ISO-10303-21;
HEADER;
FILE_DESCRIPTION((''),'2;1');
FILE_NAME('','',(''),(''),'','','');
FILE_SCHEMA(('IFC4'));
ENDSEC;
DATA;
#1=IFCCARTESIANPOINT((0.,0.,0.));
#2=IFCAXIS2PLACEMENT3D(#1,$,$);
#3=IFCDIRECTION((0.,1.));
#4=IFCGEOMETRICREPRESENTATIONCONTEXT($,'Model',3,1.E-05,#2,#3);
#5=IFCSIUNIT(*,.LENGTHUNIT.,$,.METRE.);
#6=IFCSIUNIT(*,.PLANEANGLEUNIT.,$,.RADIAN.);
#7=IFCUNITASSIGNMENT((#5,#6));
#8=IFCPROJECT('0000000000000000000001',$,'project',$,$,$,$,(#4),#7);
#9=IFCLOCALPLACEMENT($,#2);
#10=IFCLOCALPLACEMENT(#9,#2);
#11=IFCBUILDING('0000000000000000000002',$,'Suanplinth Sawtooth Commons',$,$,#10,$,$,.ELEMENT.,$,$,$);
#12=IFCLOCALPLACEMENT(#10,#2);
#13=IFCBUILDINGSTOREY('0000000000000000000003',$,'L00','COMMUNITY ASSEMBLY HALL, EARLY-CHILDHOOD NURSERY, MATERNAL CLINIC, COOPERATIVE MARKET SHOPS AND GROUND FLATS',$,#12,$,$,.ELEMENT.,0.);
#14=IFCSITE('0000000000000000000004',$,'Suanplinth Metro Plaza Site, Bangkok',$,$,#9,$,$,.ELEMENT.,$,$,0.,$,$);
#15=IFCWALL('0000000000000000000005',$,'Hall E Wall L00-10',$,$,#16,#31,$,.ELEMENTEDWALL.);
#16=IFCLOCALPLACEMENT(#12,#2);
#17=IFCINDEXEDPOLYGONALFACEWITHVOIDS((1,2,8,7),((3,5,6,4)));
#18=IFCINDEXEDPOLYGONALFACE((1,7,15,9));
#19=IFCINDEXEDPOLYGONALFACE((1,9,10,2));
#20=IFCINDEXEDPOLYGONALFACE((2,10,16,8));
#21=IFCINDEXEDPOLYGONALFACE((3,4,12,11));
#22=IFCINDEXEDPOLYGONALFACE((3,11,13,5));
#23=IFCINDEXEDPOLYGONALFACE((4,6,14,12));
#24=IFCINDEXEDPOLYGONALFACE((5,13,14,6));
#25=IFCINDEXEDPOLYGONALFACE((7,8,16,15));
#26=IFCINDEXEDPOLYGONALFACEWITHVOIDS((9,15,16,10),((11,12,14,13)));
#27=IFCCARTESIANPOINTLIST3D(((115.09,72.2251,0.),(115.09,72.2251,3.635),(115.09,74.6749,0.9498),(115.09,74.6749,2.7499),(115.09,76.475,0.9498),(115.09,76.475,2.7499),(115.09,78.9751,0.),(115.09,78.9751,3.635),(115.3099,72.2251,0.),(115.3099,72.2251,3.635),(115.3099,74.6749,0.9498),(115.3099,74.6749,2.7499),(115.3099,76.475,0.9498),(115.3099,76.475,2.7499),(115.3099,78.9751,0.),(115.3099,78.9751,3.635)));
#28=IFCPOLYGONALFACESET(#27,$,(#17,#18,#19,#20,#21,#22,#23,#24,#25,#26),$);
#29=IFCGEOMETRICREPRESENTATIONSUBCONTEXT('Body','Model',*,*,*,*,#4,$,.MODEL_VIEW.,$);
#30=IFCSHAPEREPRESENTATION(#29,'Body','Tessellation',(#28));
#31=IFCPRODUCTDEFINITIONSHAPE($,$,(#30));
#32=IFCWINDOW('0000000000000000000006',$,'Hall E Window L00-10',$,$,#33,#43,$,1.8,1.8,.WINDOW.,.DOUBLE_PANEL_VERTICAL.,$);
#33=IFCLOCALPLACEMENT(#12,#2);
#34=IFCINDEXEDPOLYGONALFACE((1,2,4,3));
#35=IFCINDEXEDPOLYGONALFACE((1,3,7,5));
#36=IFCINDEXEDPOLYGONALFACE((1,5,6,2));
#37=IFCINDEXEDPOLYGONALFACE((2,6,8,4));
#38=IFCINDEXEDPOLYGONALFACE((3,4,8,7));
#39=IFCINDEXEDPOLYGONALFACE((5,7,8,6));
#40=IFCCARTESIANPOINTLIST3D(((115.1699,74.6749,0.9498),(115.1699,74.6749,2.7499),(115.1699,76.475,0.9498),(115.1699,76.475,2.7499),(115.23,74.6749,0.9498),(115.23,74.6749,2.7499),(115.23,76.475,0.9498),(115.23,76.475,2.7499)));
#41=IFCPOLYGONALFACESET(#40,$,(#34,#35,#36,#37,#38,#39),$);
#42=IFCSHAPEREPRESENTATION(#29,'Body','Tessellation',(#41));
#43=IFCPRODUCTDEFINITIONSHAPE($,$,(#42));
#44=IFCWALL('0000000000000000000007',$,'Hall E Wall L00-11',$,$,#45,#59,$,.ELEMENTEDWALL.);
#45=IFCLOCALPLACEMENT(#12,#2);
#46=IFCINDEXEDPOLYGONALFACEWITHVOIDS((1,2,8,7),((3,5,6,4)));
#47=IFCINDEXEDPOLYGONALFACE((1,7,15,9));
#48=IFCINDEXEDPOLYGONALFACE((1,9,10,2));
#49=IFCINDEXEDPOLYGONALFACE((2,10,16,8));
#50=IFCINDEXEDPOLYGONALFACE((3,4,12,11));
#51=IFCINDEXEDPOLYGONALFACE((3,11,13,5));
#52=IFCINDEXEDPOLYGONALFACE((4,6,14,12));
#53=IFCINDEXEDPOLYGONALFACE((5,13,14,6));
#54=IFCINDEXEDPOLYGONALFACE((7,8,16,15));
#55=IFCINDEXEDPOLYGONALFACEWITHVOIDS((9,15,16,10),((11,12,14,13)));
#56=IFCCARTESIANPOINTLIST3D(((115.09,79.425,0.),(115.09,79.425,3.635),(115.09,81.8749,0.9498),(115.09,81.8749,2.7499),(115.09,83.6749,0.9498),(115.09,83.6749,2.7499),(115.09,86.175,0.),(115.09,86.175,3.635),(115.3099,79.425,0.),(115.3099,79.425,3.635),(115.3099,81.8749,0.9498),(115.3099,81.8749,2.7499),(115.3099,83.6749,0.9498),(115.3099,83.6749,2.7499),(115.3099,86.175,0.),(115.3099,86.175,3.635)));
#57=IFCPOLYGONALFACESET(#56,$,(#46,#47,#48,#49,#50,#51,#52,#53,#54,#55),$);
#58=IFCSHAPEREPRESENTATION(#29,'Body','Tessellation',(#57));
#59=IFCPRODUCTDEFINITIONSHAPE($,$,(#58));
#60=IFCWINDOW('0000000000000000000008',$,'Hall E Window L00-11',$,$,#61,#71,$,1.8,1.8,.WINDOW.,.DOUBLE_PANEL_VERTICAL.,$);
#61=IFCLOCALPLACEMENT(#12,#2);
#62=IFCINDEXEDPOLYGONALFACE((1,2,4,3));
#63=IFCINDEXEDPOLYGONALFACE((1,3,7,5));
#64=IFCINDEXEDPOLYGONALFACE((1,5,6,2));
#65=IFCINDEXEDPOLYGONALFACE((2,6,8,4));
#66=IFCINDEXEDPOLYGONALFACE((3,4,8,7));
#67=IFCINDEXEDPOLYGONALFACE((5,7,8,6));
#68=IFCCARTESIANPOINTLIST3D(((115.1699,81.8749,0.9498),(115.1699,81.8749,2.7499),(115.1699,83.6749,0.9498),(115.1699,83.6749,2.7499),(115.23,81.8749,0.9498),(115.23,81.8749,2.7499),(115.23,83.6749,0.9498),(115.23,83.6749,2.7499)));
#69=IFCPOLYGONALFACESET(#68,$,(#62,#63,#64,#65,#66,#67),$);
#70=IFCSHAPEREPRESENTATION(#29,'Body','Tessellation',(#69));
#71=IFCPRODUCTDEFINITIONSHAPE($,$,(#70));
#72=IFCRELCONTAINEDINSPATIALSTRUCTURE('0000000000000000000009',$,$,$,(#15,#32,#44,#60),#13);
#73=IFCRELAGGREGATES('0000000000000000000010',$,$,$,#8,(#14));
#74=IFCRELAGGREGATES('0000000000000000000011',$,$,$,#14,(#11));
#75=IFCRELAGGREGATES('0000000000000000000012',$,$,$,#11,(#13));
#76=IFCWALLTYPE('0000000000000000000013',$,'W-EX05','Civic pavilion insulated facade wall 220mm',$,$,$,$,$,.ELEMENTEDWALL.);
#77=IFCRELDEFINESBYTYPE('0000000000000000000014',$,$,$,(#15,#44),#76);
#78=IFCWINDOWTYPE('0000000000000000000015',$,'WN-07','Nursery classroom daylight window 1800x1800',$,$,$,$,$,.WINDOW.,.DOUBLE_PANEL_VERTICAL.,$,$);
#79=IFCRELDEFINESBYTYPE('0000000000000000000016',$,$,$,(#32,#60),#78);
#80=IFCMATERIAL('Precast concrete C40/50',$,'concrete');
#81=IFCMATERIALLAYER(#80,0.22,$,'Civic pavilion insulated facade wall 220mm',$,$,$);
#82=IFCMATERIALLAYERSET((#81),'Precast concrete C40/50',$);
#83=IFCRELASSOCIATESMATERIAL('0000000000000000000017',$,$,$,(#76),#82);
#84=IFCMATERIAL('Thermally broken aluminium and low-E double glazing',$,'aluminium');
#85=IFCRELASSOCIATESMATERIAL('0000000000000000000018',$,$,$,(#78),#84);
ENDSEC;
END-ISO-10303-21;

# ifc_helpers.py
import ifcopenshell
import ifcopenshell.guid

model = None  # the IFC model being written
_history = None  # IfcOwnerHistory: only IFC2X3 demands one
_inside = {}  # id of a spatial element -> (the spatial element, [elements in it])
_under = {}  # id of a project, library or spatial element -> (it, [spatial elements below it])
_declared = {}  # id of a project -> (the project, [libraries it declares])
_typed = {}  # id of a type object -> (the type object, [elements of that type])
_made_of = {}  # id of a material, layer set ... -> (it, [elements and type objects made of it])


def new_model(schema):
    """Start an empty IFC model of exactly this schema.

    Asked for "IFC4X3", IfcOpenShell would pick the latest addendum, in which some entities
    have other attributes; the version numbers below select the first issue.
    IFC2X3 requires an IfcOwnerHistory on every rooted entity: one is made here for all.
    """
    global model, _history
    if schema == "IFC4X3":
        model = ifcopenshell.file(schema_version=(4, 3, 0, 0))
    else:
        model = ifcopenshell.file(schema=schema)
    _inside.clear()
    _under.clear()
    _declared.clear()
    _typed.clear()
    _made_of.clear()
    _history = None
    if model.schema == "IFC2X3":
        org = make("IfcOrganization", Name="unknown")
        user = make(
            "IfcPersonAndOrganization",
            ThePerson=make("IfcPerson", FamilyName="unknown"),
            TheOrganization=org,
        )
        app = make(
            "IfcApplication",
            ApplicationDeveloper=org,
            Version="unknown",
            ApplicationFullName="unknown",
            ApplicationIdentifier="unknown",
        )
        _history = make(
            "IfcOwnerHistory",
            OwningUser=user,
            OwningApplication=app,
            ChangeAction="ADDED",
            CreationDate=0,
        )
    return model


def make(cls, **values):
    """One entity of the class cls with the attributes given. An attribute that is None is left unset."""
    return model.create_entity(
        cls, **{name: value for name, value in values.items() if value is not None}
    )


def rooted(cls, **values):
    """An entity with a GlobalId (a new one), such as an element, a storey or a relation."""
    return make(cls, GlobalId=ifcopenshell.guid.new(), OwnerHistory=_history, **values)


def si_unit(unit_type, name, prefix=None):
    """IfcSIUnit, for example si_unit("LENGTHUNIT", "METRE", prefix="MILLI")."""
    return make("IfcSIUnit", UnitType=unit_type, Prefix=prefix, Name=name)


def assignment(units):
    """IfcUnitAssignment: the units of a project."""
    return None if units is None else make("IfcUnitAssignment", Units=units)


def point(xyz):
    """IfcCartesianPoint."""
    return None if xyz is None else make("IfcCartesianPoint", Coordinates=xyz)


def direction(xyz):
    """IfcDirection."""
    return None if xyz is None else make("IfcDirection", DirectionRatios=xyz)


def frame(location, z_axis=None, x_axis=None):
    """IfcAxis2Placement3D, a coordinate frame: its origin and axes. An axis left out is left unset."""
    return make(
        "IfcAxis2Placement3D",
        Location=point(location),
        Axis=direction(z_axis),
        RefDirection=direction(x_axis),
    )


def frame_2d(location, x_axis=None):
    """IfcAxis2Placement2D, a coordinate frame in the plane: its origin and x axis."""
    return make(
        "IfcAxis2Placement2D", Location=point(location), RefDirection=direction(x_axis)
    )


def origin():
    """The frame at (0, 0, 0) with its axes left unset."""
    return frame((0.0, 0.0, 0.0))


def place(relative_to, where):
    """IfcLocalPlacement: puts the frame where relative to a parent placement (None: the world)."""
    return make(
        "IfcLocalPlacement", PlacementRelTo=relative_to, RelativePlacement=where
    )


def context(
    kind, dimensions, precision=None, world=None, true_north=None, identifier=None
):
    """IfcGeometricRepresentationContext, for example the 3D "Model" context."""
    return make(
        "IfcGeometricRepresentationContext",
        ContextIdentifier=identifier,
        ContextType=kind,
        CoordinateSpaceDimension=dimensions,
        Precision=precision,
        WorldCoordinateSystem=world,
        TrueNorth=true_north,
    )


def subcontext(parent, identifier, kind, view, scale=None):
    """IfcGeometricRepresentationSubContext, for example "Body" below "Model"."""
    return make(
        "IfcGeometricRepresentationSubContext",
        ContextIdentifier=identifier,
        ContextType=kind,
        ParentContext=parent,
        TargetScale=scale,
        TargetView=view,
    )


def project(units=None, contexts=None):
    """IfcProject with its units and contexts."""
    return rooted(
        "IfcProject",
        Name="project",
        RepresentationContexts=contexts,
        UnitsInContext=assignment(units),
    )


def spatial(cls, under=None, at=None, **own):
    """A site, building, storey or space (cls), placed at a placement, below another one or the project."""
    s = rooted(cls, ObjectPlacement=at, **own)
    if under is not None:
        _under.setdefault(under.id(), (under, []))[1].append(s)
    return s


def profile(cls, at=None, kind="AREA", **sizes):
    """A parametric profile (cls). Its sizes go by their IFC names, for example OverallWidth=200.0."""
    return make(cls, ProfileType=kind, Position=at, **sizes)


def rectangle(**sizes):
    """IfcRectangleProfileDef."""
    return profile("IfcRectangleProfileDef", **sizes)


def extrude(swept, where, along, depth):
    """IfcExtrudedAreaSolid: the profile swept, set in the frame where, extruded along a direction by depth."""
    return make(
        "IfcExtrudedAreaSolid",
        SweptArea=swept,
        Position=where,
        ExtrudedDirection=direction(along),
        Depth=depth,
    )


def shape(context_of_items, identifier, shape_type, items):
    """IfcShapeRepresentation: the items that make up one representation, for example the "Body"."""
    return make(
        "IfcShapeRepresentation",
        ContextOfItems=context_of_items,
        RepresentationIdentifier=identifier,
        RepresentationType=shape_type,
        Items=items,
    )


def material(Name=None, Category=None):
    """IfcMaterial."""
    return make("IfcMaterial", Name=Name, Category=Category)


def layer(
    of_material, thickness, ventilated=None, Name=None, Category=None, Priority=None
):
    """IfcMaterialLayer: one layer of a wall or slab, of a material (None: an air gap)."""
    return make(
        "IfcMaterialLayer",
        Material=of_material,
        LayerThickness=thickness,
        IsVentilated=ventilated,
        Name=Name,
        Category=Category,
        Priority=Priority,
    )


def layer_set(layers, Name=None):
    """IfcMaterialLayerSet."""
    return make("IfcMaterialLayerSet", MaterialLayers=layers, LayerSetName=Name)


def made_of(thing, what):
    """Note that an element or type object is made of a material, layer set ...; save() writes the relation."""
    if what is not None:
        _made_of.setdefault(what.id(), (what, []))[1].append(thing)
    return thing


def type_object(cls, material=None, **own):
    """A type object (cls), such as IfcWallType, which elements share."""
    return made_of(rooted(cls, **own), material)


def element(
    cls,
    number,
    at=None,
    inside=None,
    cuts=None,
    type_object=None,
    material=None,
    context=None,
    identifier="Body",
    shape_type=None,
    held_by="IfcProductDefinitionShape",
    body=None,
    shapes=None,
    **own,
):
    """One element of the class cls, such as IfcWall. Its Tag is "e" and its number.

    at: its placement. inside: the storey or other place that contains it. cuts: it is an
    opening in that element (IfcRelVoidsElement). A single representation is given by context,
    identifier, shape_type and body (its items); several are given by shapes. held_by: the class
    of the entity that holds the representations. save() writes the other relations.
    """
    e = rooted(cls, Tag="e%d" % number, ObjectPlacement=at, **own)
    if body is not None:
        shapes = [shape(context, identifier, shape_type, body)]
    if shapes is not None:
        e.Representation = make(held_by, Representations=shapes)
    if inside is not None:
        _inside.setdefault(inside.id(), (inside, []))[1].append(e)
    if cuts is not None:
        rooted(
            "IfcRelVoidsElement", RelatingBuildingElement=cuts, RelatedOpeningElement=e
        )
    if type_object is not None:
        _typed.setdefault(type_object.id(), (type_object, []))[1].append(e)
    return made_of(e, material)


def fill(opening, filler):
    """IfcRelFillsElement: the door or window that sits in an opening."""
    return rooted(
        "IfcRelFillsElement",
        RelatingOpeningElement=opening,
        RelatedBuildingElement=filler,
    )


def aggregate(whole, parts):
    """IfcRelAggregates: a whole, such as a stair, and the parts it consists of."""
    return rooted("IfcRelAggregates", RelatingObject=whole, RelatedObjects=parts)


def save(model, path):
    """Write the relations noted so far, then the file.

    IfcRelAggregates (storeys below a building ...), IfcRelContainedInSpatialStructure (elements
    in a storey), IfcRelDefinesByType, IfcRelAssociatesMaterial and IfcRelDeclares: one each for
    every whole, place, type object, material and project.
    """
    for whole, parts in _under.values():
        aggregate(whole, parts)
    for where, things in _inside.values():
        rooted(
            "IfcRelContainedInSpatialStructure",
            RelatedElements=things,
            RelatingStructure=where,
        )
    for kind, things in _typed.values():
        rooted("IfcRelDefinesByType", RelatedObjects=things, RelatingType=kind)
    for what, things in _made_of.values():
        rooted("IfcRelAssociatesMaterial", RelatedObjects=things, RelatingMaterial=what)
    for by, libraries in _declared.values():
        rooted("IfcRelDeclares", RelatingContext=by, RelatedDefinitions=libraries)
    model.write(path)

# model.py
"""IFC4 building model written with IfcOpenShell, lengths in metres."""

from ifc_helpers import new_model, si_unit, direction, frame, frame_2d, origin, place, context, subcontext, project, spatial, rectangle, extrude, material, layer, layer_set, type_object, element, fill, save


model = new_model("IFC4")

# Units and contexts
model_context = context("Model", 3, precision=1e-05, world=origin(), true_north=direction((0.0, 1.0)))
body_context = subcontext(model_context, "Body", "Model", "MODEL_VIEW")
ifc_project = project(units=[si_unit("LENGTHUNIT", "METRE"), si_unit("PLANEANGLEUNIT", "RADIAN")], contexts=[model_context])

# Site, building, storey
site_placement = place(None, origin())
site = spatial("IfcSite", under=ifc_project, at=site_placement, Name="Suanplinth Metro Plaza Site, Bangkok", CompositionType="ELEMENT", RefElevation=0.0)
building_placement = place(site_placement, origin())
building = spatial("IfcBuilding", under=site, at=building_placement, Name="Suanplinth Sawtooth Commons", CompositionType="ELEMENT")
storey_placement = place(building_placement, origin())
storey = spatial("IfcBuildingStorey", under=building, at=storey_placement, Name="L00", Description="COMMUNITY ASSEMBLY HALL, EARLY-CHILDHOOD NURSERY, MATERNAL CLINIC, COOPERATIVE MARKET SHOPS AND GROUND FLATS", CompositionType="ELEMENT", Elevation=0.0)

# Shared definitions
ifc_material_1 = material(Name="Precast concrete C40/50", Category="concrete")
ifc_layer = layer(ifc_material_1, 0.22, Name="Civic pavilion insulated facade wall 220mm")
ifc_layer_set = layer_set([ifc_layer], Name="Precast concrete C40/50")
wall_type = type_object("IfcWallType", Name="W-EX05", Description="Civic pavilion insulated facade wall 220mm", PredefinedType="ELEMENTEDWALL", material=ifc_layer_set)
ifc_material_2 = material(Name="Thermally broken aluminium and low-E double glazing", Category="aluminium")

# Walls, openings, windows
wall_1_placement = place(storey_placement, frame((115.2, 72.2251, 0.0), z_axis=(0.0, 0.0, 1.0), x_axis=(0.0, 1.0, 0.0)))
wall_1 = element("IfcWall", 1, at=wall_1_placement, inside=storey, type_object=wall_type, Name="Hall E Wall L00-10", PredefinedType="ELEMENTEDWALL", context=body_context, shape_type="SweptSolid", body=[
    extrude(rectangle(XDim=6.75, YDim=0.22, at=frame_2d((3.375, 0.0))), origin(), (0.0, 0.0, 1.0), 3.635),
])
opening_1_placement = place(wall_1_placement, frame((2.45, 0.0, 0.95)))
opening_1 = element("IfcOpeningElement", 2, at=opening_1_placement, cuts=wall_1, PredefinedType="OPENING", context=body_context, shape_type="SweptSolid", body=[
    extrude(rectangle(XDim=1.8, YDim=1.8, at=frame_2d((0.8999, 0.8999))), frame((0.0, 0.125, 0.0), z_axis=(0.0, -1.0, 0.0), x_axis=(1.0, 0.0, 0.0)), (0.0, 0.0, 1.0), 0.2498),
])
window_type_1 = type_object("IfcWindowType", Name="WN-07", Description="Nursery classroom daylight window 1800x1800", PartitioningType="DOUBLE_PANEL_VERTICAL", PredefinedType="WINDOW", material=ifc_material_2)
window_1_placement = place(opening_1_placement, origin())
window_1 = element("IfcWindow", 3, at=window_1_placement, inside=storey, type_object=window_type_1, Name="Hall E Window L00-10", OverallHeight=1.8, OverallWidth=1.8, PartitioningType="DOUBLE_PANEL_VERTICAL", PredefinedType="WINDOW", context=body_context, shape_type="SweptSolid", body=[
    extrude(rectangle(XDim=1.8, YDim=1.8, at=frame_2d((0.8999, 0.8999))), frame((0.0, 0.03, 0.0), z_axis=(0.0, -1.0, 0.0), x_axis=(1.0, 0.0, 0.0)), (0.0, 0.0, 1.0), 0.0601),
])
fill(opening_1, window_1)
wall_2_placement = place(storey_placement, frame((115.2, 79.425, 0.0), z_axis=(0.0, 0.0, 1.0), x_axis=(0.0, 1.0, 0.0)))
wall_2 = element("IfcWall", 4, at=wall_2_placement, inside=storey, type_object=wall_type, Name="Hall E Wall L00-11", PredefinedType="ELEMENTEDWALL", context=body_context, shape_type="SweptSolid", body=[
    extrude(rectangle(XDim=6.75, YDim=0.22, at=frame_2d((3.375, 0.0))), origin(), (0.0, 0.0, 1.0), 3.635),
])
opening_2_placement = place(wall_2_placement, frame((2.45, 0.0, 0.95)))
opening_2 = element("IfcOpeningElement", 5, at=opening_2_placement, cuts=wall_2, PredefinedType="OPENING", context=body_context, shape_type="SweptSolid", body=[
    extrude(rectangle(XDim=1.8, YDim=1.8, at=frame_2d((0.8999, 0.8999))), frame((0.0, 0.125, 0.0), z_axis=(0.0, -1.0, 0.0), x_axis=(1.0, 0.0, 0.0)), (0.0, 0.0, 1.0), 0.2498),
])
window_2_placement = place(opening_2_placement, origin())
window_2 = element("IfcWindow", 6, at=window_2_placement, inside=storey, type_object=window_type_1, Name="Hall E Window L00-11", OverallHeight=1.8, OverallWidth=1.8, PartitioningType="DOUBLE_PANEL_VERTICAL", PredefinedType="WINDOW", context=body_context, shape_type="SweptSolid", body=[
    extrude(rectangle(XDim=1.8, YDim=1.8, at=frame_2d((0.8999, 0.8999))), frame((0.0, 0.03, 0.0), z_axis=(0.0, -1.0, 0.0), x_axis=(1.0, 0.0, 0.0)), (0.0, 0.0, 1.0), 0.0601),
])
fill(opening_2, window_2)

save(model, "model.ifc")
